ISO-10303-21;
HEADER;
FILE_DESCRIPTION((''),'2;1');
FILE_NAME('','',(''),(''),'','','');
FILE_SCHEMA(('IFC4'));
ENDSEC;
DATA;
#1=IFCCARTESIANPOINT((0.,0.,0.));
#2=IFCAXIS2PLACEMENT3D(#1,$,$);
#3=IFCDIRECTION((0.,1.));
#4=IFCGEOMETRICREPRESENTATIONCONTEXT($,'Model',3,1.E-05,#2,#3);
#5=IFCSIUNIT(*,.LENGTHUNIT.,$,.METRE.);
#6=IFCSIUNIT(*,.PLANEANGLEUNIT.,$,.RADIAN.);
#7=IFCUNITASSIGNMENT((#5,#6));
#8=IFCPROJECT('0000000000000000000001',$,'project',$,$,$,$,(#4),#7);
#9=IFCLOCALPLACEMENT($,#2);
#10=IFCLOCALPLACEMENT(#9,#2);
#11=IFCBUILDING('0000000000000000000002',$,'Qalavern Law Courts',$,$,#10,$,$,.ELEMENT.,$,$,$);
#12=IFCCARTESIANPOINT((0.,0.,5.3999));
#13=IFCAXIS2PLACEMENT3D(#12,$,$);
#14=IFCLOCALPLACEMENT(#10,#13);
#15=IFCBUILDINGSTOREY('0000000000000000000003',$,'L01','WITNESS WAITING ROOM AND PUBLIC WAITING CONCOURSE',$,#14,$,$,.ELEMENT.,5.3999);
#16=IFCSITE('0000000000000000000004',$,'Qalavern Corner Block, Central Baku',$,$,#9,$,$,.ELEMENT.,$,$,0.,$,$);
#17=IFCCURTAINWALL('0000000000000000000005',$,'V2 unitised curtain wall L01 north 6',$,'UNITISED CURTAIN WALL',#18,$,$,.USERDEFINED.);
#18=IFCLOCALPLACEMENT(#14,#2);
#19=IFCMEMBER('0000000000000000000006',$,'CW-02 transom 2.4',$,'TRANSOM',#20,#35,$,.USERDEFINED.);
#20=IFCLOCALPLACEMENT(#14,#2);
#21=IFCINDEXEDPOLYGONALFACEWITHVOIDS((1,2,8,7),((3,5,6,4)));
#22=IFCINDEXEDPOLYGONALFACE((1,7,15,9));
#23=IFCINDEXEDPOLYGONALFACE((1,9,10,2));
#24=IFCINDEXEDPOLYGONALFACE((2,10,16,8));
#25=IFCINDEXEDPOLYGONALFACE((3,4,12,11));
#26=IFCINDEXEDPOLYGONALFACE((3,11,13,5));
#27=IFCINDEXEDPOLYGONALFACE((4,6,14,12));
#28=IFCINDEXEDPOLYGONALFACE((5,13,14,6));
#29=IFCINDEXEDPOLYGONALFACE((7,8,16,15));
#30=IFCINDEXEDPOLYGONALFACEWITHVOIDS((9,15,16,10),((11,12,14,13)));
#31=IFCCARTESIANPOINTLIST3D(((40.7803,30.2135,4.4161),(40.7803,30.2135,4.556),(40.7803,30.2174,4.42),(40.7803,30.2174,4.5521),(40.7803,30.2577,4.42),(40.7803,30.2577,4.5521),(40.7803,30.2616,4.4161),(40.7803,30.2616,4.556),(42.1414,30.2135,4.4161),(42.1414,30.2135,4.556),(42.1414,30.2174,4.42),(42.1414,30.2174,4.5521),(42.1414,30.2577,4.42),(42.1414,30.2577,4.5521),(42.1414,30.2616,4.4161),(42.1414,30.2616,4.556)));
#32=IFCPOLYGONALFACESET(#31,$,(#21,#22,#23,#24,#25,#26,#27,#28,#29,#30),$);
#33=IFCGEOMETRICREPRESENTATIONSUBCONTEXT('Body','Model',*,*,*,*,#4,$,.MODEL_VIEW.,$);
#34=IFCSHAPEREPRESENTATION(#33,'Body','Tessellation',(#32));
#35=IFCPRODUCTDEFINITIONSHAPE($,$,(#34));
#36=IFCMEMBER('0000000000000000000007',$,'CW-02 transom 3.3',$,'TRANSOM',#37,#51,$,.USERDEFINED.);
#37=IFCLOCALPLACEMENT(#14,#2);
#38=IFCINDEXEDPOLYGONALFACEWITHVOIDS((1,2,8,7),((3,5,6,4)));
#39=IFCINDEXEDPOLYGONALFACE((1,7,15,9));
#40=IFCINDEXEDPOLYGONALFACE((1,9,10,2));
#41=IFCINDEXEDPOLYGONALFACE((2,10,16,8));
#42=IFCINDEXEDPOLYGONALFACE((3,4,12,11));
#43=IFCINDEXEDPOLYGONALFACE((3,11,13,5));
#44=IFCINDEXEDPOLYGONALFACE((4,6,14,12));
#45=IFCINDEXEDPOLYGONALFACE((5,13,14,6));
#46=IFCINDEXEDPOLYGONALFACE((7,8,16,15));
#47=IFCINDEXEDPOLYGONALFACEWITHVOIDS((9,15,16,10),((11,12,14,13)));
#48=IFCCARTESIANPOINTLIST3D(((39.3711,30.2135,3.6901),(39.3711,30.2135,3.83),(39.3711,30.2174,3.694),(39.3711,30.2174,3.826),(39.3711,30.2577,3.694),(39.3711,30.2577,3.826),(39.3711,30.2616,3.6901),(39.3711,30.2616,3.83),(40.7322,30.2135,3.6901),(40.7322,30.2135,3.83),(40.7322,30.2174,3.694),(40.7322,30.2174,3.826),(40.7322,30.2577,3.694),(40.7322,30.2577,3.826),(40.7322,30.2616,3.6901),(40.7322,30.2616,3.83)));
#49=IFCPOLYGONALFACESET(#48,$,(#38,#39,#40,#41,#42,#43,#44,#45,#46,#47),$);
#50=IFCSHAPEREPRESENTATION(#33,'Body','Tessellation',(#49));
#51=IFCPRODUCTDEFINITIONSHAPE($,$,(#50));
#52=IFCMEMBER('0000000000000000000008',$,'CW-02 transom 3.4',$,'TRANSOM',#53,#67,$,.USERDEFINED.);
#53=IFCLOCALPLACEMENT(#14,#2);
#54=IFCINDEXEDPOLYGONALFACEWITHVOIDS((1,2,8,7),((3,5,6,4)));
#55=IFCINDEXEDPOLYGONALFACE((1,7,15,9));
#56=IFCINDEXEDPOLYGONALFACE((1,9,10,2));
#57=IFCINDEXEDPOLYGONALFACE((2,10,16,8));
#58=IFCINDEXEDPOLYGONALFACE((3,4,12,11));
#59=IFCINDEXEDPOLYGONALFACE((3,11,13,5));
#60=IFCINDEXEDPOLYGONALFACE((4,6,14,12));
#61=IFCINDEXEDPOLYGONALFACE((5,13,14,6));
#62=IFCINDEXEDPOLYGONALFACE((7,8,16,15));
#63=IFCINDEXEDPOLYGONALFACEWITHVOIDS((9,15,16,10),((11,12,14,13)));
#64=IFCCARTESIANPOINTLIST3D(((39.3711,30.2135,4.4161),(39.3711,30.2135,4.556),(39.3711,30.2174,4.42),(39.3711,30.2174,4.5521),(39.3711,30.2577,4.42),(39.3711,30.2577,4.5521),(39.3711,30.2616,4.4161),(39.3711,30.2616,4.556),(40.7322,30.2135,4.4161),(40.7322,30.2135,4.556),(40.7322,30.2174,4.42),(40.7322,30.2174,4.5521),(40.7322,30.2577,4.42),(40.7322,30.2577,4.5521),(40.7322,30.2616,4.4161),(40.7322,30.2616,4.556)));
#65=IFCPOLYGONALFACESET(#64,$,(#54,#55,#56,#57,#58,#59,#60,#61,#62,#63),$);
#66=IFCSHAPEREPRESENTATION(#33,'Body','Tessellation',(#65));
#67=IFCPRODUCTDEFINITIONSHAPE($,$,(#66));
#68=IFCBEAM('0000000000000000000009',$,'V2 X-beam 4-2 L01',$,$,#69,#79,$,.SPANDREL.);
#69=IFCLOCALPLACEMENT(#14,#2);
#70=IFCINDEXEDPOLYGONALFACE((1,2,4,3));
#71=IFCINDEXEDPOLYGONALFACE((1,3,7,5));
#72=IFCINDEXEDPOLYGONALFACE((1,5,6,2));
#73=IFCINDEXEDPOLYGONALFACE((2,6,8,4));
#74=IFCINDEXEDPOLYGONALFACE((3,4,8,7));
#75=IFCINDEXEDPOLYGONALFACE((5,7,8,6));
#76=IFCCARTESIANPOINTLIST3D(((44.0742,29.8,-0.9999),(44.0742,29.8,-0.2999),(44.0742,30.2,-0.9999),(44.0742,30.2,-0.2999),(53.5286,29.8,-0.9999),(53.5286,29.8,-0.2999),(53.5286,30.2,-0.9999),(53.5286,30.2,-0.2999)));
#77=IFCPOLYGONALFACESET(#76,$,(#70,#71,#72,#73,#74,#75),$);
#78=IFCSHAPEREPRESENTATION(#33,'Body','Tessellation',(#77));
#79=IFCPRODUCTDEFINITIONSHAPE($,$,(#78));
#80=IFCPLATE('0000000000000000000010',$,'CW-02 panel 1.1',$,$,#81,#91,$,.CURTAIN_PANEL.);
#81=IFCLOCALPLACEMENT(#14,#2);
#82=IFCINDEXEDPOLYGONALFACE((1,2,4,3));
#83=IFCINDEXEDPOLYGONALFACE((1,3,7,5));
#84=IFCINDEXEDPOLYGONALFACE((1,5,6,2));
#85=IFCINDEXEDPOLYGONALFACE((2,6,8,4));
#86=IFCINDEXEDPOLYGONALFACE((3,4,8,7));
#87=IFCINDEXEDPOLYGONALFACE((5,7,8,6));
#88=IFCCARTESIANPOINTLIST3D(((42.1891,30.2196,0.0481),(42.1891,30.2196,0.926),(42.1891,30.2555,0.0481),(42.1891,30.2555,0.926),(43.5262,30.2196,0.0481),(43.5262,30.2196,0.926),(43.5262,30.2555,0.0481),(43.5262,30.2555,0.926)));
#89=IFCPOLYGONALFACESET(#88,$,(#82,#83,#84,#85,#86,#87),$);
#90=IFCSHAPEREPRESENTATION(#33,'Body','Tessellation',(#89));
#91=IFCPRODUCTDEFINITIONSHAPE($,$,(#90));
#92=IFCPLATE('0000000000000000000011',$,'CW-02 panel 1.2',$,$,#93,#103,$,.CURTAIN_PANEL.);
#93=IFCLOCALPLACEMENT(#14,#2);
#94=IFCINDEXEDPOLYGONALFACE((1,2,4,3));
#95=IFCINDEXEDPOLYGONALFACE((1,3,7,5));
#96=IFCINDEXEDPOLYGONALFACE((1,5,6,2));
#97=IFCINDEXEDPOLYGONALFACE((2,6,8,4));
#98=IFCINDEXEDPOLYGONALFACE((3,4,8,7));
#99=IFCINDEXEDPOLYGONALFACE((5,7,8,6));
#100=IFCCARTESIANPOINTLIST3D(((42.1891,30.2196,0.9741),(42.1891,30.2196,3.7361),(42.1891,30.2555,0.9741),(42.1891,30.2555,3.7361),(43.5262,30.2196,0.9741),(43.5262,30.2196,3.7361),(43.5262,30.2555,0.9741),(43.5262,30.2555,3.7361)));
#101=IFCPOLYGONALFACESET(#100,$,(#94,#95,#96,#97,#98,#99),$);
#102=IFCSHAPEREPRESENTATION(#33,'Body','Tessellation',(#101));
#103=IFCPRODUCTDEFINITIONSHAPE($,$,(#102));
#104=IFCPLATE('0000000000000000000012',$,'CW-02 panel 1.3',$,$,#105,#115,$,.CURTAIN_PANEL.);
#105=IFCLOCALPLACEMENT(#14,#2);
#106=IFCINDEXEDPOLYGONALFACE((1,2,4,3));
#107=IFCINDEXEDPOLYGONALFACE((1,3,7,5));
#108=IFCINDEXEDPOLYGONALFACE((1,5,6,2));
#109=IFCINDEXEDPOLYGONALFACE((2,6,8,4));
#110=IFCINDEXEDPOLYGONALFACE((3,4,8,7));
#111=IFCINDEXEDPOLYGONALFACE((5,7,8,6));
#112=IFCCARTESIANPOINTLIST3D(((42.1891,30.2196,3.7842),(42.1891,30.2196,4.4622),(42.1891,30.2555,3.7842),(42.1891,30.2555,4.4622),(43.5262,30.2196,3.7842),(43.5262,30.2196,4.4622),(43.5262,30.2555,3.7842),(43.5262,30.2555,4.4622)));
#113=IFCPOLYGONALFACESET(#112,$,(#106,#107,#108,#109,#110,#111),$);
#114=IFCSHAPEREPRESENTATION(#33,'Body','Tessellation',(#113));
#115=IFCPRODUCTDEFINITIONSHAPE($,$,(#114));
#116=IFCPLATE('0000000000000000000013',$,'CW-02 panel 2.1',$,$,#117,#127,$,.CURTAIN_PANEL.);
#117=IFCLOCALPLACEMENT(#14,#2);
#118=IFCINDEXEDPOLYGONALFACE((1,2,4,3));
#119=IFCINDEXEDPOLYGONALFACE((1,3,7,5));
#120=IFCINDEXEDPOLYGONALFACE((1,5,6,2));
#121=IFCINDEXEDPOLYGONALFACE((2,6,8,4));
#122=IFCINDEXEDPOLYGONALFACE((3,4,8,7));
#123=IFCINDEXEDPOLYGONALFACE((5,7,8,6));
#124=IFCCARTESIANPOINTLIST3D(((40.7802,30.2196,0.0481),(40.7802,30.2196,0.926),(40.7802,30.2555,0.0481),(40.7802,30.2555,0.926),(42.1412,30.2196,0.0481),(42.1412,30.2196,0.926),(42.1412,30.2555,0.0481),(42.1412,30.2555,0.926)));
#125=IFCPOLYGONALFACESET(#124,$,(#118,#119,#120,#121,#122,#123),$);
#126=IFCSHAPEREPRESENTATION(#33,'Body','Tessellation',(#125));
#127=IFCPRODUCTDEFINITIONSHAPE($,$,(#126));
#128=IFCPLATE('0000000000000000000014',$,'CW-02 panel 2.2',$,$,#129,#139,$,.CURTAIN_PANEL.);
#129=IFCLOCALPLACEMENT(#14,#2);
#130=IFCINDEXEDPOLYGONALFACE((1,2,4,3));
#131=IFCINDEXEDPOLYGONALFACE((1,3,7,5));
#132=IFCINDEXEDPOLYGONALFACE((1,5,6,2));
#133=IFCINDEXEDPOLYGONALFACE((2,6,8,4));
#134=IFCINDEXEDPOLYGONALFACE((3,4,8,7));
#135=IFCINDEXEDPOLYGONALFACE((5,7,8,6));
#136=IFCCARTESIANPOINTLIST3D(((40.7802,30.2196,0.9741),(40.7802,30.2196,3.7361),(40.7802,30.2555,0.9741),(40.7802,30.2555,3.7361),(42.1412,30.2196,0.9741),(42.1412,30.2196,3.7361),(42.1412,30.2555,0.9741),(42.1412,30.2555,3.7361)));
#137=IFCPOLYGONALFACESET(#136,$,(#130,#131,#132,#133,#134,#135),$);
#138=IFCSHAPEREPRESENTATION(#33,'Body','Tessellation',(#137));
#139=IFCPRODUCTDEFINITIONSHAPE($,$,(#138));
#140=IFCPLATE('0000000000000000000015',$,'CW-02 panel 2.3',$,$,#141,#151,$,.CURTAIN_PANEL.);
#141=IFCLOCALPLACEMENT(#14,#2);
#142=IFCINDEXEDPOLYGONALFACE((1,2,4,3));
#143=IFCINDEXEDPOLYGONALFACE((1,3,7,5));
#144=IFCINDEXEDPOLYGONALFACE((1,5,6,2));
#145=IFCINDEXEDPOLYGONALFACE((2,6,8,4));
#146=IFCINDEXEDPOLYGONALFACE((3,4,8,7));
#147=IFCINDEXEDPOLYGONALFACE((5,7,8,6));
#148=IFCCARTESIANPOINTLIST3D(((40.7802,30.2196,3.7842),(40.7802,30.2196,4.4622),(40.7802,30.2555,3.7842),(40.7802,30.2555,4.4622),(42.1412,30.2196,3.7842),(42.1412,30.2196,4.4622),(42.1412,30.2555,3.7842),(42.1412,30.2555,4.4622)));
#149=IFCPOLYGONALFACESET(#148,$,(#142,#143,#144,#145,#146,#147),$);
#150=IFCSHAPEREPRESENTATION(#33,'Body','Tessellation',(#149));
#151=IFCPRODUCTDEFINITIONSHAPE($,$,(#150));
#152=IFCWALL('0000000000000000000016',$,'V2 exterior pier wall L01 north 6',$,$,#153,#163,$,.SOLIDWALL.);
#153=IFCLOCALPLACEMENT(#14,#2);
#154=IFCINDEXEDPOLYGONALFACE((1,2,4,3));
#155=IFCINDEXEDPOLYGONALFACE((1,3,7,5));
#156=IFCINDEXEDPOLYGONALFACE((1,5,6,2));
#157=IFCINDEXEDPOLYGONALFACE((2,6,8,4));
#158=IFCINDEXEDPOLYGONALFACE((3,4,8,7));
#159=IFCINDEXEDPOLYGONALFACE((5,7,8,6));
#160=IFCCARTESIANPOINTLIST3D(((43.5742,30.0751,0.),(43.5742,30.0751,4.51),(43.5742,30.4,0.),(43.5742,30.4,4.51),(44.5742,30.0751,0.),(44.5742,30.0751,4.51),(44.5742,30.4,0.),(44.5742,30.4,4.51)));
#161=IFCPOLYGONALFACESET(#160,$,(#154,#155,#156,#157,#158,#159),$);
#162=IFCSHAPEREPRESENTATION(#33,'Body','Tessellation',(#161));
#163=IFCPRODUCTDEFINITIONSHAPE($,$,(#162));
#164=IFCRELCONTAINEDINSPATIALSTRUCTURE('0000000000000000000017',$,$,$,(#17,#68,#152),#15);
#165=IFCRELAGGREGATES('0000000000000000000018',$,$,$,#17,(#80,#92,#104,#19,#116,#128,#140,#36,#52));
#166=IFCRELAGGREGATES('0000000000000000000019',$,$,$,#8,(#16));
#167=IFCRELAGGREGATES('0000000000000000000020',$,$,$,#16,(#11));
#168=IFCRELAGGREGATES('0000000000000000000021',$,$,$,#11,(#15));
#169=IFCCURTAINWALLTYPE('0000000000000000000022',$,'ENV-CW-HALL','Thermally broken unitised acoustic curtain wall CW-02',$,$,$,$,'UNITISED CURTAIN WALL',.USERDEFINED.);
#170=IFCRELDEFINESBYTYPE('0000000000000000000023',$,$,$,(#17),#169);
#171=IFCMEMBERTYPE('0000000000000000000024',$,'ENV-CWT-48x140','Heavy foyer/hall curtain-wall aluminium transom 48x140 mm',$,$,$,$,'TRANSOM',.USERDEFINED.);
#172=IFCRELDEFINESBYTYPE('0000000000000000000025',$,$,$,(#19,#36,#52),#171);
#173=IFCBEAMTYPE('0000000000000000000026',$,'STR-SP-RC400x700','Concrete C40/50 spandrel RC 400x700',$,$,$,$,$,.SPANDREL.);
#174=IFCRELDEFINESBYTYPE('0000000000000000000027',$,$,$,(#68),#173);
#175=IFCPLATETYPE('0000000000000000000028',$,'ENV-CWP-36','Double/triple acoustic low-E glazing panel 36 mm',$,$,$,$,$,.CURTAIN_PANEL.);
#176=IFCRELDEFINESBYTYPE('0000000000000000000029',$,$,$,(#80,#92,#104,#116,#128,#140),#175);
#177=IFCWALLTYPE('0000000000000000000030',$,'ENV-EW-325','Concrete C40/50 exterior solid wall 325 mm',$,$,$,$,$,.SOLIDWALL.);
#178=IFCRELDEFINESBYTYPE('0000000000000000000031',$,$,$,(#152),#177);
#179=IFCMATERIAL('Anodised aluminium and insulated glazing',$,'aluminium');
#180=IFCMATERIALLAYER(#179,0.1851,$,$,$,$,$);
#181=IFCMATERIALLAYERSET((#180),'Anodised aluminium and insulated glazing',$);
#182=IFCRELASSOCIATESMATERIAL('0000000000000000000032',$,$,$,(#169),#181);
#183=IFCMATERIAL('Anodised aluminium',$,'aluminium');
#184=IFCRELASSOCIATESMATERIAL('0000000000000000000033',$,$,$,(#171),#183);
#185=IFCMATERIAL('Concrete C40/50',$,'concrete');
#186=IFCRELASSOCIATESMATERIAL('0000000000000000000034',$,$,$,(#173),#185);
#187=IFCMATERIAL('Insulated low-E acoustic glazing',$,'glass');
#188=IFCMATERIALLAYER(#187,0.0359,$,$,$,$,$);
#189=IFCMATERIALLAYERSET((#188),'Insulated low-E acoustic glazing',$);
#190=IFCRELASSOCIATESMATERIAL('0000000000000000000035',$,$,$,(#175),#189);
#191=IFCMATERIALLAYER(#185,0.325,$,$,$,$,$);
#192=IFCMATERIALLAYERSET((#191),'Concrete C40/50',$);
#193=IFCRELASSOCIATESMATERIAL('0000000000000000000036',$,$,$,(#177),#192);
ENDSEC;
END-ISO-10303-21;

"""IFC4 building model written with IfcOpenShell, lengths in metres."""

from ifc_helpers import new_model, si_unit, direction, frame, frame_2d, origin, origin_2d, place, context, subcontext, project, spatial, rectangle, hollow_rectangle, extrude, material, layer, layer_set, material_profile, profile_set, type_object, element, aggregate, save


model = new_model("IFC4")

# Units and contexts
model_context = context("Model", 3, precision=1e-05, world=origin(), true_north=direction((0.0, 1.0)))
body_context = subcontext(model_context, "Body", "Model", "MODEL_VIEW")
ifc_project = project(units=[si_unit("LENGTHUNIT", "METRE"), si_unit("PLANEANGLEUNIT", "RADIAN")], contexts=[model_context])

# Site, building, storey
site_placement = place(None, origin())
site = spatial("IfcSite", under=ifc_project, at=site_placement, Name="Qalavern Corner Block, Central Baku", CompositionType="ELEMENT", RefElevation=0.0)
building_placement = place(site_placement, origin())
building = spatial("IfcBuilding", under=site, at=building_placement, Name="Qalavern Law Courts", CompositionType="ELEMENT")
storey_placement = place(building_placement, frame((0.0, 0.0, 5.3999)))
storey = spatial("IfcBuildingStorey", under=building, at=storey_placement, Name="L01", Description="WITNESS WAITING ROOM AND PUBLIC WAITING CONCOURSE", CompositionType="ELEMENT", Elevation=5.3999)

# Curtain wall, members
ifc_material_1 = material(Name="Anodised aluminium and insulated glazing", Category="aluminium")
ifc_layer_1 = layer(ifc_material_1, 0.1851)
ifc_layer_set_1 = layer_set([ifc_layer_1], Name="Anodised aluminium and insulated glazing")
curtain_wall_type = type_object("IfcCurtainWallType", Name="ENV-CW-HALL", Description="Thermally broken unitised acoustic curtain wall CW-02", ElementType="UNITISED CURTAIN WALL", PredefinedType="USERDEFINED", material=ifc_layer_set_1)
curtain_wall_placement = place(storey_placement, origin())
curtain_wall = element("IfcCurtainWall", 1, at=curtain_wall_placement, inside=storey, type_object=curtain_wall_type, Name="V2 unitised curtain wall L01 north 6", ObjectType="UNITISED CURTAIN WALL", PredefinedType="USERDEFINED")
ifc_material_2 = material(Name="Anodised aluminium", Category="aluminium")
ifc_material_profile_1 = material_profile(ifc_material_2, hollow_rectangle(XDim=0.0481, YDim=0.1399, WallThickness=0.0039, at=origin_2d()), Name="ALU TRANSOM 48x140")
ifc_profile_set_1 = profile_set([ifc_material_profile_1], Name="Anodised aluminium")
member_type_1 = type_object("IfcMemberType", Name="ENV-CWT-48x140", Description="Heavy foyer/hall curtain-wall aluminium transom 48x140 mm", ElementType="TRANSOM", PredefinedType="USERDEFINED", material=ifc_profile_set_1)
member_1_placement = place(storey_placement, frame((42.1414, 30.2375, 4.4861), z_axis=(-1.0, 0.0, 0.0), x_axis=(0.0, -1.0, 0.0)))
member_1 = element("IfcMember", 2, at=member_1_placement, type_object=member_type_1, Name="CW-02 transom 2.4", ObjectType="TRANSOM", PredefinedType="USERDEFINED", context=body_context, shape_type="SweptSolid", body=[
    extrude(hollow_rectangle(XDim=0.0481, YDim=0.1399, WallThickness=0.0039, at=origin_2d()), origin(), (0.0, 0.0, 1.0), 1.3611),
])
member_2_placement = place(storey_placement, frame((40.7322, 30.2375, 3.76), z_axis=(-1.0, 0.0, 0.0), x_axis=(0.0, -1.0, 0.0)))
member_2 = element("IfcMember", 3, at=member_2_placement, type_object=member_type_1, Name="CW-02 transom 3.3", ObjectType="TRANSOM", PredefinedType="USERDEFINED", context=body_context, shape_type="SweptSolid", body=[
    extrude(hollow_rectangle(XDim=0.0481, YDim=0.1399, WallThickness=0.0039, at=origin_2d()), origin(), (0.0, 0.0, 1.0), 1.3611),
])
member_3_placement = place(storey_placement, frame((40.7322, 30.2375, 4.4861), z_axis=(-1.0, 0.0, 0.0), x_axis=(0.0, -1.0, 0.0)))
member_3 = element("IfcMember", 4, at=member_3_placement, type_object=member_type_1, Name="CW-02 transom 3.4", ObjectType="TRANSOM", PredefinedType="USERDEFINED", context=body_context, shape_type="SweptSolid", body=[
    extrude(hollow_rectangle(XDim=0.0481, YDim=0.1399, WallThickness=0.0039, at=origin_2d()), origin(), (0.0, 0.0, 1.0), 1.3611),
])

# Beam
ifc_material_3 = material(Name="Concrete C40/50", Category="concrete")
ifc_material_profile_2 = material_profile(ifc_material_3, rectangle(XDim=0.3999, YDim=0.7, at=origin_2d()), Name="RC 400x700")
ifc_profile_set_2 = profile_set([ifc_material_profile_2], Name="Concrete C40/50")
beam_type = type_object("IfcBeamType", Name="STR-SP-RC400x700", Description="Concrete C40/50 spandrel RC 400x700", PredefinedType="SPANDREL", material=ifc_profile_set_2)
beam_placement = place(storey_placement, frame((44.0742, 30.0, -0.6499), z_axis=(1.0, 0.0, 0.0), x_axis=(0.0, 1.0, 0.0)))
element("IfcBeam", 5, at=beam_placement, inside=storey, type_object=beam_type, Name="V2 X-beam 4-2 L01", PredefinedType="SPANDREL", context=body_context, shape_type="SweptSolid", body=[
    extrude(rectangle(XDim=0.3999, YDim=0.7, at=origin_2d()), origin(), (0.0, 0.0, 1.0), 9.4543),
])

# Plates
ifc_material_4 = material(Name="Insulated low-E acoustic glazing", Category="glass")
ifc_layer_2 = layer(ifc_material_4, 0.0359)
ifc_layer_set_2 = layer_set([ifc_layer_2], Name="Insulated low-E acoustic glazing")
plate_type = type_object("IfcPlateType", Name="ENV-CWP-36", Description="Double/triple acoustic low-E glazing panel 36 mm", PredefinedType="CURTAIN_PANEL", material=ifc_layer_set_2)
plate_1_placement = place(storey_placement, frame((42.8577, 30.2375, 0.0481), z_axis=(0.0, 0.0, 1.0), x_axis=(-1.0, 0.0, 0.0)))
plate_1 = element("IfcPlate", 6, at=plate_1_placement, type_object=plate_type, Name="CW-02 panel 1.1", PredefinedType="CURTAIN_PANEL", context=body_context, shape_type="SweptSolid", body=[
    extrude(rectangle(XDim=1.3372, YDim=0.0359, at=origin_2d()), origin(), (0.0, 0.0, 1.0), 0.8779),
])
plate_2_placement = place(storey_placement, frame((42.8577, 30.2375, 0.9741), z_axis=(0.0, 0.0, 1.0), x_axis=(-1.0, 0.0, 0.0)))
plate_2 = element("IfcPlate", 7, at=plate_2_placement, type_object=plate_type, Name="CW-02 panel 1.2", PredefinedType="CURTAIN_PANEL", context=body_context, shape_type="SweptSolid", body=[
    extrude(rectangle(XDim=1.3372, YDim=0.0359, at=origin_2d()), origin(), (0.0, 0.0, 1.0), 2.762),
])
plate_3_placement = place(storey_placement, frame((42.8577, 30.2375, 3.7842), z_axis=(0.0, 0.0, 1.0), x_axis=(-1.0, 0.0, 0.0)))
plate_3 = element("IfcPlate", 8, at=plate_3_placement, type_object=plate_type, Name="CW-02 panel 1.3", PredefinedType="CURTAIN_PANEL", context=body_context, shape_type="SweptSolid", body=[
    extrude(rectangle(XDim=1.3372, YDim=0.0359, at=origin_2d()), origin(), (0.0, 0.0, 1.0), 0.678),
])
plate_4_placement = place(storey_placement, frame((41.4607, 30.2375, 0.0481), z_axis=(0.0, 0.0, 1.0), x_axis=(-1.0, 0.0, 0.0)))
plate_4 = element("IfcPlate", 9, at=plate_4_placement, type_object=plate_type, Name="CW-02 panel 2.1", PredefinedType="CURTAIN_PANEL", context=body_context, shape_type="SweptSolid", body=[
    extrude(rectangle(XDim=1.3611, YDim=0.0359, at=origin_2d()), origin(), (0.0, 0.0, 1.0), 0.8779),
])
plate_5_placement = place(storey_placement, frame((41.4607, 30.2375, 0.9741), z_axis=(0.0, 0.0, 1.0), x_axis=(-1.0, 0.0, 0.0)))
plate_5 = element("IfcPlate", 10, at=plate_5_placement, type_object=plate_type, Name="CW-02 panel 2.2", PredefinedType="CURTAIN_PANEL", context=body_context, shape_type="SweptSolid", body=[
    extrude(rectangle(XDim=1.3611, YDim=0.0359, at=origin_2d()), origin(), (0.0, 0.0, 1.0), 2.762),
])
plate_6_placement = place(storey_placement, frame((41.4607, 30.2375, 3.7842), z_axis=(0.0, 0.0, 1.0), x_axis=(-1.0, 0.0, 0.0)))
plate_6 = element("IfcPlate", 11, at=plate_6_placement, type_object=plate_type, Name="CW-02 panel 2.3", PredefinedType="CURTAIN_PANEL", context=body_context, shape_type="SweptSolid", body=[
    extrude(rectangle(XDim=1.3611, YDim=0.0359, at=origin_2d()), origin(), (0.0, 0.0, 1.0), 0.678),
])
aggregate(curtain_wall, [plate_1, plate_2, plate_3, member_1, plate_4, plate_5, plate_6, member_2, member_3])

# Wall
ifc_layer_3 = layer(ifc_material_3, 0.325)
ifc_layer_set_3 = layer_set([ifc_layer_3], Name="Concrete C40/50")
wall_type = type_object("IfcWallType", Name="ENV-EW-325", Description="Concrete C40/50 exterior solid wall 325 mm", PredefinedType="SOLIDWALL", material=ifc_layer_set_3)
wall_placement = place(storey_placement, frame((44.5742, 30.2375, 0.0), z_axis=(0.0, 0.0, 1.0), x_axis=(-1.0, 0.0, 0.0)))
element("IfcWall", 12, at=wall_placement, inside=storey, type_object=wall_type, Name="V2 exterior pier wall L01 north 6", PredefinedType="SOLIDWALL", context=body_context, shape_type="SweptSolid", body=[
    extrude(rectangle(XDim=1.0, YDim=0.325, at=frame_2d((0.5, 0.0))), origin(), (0.0, 0.0, 1.0), 4.51),
])

save(model, "model.ifc")
